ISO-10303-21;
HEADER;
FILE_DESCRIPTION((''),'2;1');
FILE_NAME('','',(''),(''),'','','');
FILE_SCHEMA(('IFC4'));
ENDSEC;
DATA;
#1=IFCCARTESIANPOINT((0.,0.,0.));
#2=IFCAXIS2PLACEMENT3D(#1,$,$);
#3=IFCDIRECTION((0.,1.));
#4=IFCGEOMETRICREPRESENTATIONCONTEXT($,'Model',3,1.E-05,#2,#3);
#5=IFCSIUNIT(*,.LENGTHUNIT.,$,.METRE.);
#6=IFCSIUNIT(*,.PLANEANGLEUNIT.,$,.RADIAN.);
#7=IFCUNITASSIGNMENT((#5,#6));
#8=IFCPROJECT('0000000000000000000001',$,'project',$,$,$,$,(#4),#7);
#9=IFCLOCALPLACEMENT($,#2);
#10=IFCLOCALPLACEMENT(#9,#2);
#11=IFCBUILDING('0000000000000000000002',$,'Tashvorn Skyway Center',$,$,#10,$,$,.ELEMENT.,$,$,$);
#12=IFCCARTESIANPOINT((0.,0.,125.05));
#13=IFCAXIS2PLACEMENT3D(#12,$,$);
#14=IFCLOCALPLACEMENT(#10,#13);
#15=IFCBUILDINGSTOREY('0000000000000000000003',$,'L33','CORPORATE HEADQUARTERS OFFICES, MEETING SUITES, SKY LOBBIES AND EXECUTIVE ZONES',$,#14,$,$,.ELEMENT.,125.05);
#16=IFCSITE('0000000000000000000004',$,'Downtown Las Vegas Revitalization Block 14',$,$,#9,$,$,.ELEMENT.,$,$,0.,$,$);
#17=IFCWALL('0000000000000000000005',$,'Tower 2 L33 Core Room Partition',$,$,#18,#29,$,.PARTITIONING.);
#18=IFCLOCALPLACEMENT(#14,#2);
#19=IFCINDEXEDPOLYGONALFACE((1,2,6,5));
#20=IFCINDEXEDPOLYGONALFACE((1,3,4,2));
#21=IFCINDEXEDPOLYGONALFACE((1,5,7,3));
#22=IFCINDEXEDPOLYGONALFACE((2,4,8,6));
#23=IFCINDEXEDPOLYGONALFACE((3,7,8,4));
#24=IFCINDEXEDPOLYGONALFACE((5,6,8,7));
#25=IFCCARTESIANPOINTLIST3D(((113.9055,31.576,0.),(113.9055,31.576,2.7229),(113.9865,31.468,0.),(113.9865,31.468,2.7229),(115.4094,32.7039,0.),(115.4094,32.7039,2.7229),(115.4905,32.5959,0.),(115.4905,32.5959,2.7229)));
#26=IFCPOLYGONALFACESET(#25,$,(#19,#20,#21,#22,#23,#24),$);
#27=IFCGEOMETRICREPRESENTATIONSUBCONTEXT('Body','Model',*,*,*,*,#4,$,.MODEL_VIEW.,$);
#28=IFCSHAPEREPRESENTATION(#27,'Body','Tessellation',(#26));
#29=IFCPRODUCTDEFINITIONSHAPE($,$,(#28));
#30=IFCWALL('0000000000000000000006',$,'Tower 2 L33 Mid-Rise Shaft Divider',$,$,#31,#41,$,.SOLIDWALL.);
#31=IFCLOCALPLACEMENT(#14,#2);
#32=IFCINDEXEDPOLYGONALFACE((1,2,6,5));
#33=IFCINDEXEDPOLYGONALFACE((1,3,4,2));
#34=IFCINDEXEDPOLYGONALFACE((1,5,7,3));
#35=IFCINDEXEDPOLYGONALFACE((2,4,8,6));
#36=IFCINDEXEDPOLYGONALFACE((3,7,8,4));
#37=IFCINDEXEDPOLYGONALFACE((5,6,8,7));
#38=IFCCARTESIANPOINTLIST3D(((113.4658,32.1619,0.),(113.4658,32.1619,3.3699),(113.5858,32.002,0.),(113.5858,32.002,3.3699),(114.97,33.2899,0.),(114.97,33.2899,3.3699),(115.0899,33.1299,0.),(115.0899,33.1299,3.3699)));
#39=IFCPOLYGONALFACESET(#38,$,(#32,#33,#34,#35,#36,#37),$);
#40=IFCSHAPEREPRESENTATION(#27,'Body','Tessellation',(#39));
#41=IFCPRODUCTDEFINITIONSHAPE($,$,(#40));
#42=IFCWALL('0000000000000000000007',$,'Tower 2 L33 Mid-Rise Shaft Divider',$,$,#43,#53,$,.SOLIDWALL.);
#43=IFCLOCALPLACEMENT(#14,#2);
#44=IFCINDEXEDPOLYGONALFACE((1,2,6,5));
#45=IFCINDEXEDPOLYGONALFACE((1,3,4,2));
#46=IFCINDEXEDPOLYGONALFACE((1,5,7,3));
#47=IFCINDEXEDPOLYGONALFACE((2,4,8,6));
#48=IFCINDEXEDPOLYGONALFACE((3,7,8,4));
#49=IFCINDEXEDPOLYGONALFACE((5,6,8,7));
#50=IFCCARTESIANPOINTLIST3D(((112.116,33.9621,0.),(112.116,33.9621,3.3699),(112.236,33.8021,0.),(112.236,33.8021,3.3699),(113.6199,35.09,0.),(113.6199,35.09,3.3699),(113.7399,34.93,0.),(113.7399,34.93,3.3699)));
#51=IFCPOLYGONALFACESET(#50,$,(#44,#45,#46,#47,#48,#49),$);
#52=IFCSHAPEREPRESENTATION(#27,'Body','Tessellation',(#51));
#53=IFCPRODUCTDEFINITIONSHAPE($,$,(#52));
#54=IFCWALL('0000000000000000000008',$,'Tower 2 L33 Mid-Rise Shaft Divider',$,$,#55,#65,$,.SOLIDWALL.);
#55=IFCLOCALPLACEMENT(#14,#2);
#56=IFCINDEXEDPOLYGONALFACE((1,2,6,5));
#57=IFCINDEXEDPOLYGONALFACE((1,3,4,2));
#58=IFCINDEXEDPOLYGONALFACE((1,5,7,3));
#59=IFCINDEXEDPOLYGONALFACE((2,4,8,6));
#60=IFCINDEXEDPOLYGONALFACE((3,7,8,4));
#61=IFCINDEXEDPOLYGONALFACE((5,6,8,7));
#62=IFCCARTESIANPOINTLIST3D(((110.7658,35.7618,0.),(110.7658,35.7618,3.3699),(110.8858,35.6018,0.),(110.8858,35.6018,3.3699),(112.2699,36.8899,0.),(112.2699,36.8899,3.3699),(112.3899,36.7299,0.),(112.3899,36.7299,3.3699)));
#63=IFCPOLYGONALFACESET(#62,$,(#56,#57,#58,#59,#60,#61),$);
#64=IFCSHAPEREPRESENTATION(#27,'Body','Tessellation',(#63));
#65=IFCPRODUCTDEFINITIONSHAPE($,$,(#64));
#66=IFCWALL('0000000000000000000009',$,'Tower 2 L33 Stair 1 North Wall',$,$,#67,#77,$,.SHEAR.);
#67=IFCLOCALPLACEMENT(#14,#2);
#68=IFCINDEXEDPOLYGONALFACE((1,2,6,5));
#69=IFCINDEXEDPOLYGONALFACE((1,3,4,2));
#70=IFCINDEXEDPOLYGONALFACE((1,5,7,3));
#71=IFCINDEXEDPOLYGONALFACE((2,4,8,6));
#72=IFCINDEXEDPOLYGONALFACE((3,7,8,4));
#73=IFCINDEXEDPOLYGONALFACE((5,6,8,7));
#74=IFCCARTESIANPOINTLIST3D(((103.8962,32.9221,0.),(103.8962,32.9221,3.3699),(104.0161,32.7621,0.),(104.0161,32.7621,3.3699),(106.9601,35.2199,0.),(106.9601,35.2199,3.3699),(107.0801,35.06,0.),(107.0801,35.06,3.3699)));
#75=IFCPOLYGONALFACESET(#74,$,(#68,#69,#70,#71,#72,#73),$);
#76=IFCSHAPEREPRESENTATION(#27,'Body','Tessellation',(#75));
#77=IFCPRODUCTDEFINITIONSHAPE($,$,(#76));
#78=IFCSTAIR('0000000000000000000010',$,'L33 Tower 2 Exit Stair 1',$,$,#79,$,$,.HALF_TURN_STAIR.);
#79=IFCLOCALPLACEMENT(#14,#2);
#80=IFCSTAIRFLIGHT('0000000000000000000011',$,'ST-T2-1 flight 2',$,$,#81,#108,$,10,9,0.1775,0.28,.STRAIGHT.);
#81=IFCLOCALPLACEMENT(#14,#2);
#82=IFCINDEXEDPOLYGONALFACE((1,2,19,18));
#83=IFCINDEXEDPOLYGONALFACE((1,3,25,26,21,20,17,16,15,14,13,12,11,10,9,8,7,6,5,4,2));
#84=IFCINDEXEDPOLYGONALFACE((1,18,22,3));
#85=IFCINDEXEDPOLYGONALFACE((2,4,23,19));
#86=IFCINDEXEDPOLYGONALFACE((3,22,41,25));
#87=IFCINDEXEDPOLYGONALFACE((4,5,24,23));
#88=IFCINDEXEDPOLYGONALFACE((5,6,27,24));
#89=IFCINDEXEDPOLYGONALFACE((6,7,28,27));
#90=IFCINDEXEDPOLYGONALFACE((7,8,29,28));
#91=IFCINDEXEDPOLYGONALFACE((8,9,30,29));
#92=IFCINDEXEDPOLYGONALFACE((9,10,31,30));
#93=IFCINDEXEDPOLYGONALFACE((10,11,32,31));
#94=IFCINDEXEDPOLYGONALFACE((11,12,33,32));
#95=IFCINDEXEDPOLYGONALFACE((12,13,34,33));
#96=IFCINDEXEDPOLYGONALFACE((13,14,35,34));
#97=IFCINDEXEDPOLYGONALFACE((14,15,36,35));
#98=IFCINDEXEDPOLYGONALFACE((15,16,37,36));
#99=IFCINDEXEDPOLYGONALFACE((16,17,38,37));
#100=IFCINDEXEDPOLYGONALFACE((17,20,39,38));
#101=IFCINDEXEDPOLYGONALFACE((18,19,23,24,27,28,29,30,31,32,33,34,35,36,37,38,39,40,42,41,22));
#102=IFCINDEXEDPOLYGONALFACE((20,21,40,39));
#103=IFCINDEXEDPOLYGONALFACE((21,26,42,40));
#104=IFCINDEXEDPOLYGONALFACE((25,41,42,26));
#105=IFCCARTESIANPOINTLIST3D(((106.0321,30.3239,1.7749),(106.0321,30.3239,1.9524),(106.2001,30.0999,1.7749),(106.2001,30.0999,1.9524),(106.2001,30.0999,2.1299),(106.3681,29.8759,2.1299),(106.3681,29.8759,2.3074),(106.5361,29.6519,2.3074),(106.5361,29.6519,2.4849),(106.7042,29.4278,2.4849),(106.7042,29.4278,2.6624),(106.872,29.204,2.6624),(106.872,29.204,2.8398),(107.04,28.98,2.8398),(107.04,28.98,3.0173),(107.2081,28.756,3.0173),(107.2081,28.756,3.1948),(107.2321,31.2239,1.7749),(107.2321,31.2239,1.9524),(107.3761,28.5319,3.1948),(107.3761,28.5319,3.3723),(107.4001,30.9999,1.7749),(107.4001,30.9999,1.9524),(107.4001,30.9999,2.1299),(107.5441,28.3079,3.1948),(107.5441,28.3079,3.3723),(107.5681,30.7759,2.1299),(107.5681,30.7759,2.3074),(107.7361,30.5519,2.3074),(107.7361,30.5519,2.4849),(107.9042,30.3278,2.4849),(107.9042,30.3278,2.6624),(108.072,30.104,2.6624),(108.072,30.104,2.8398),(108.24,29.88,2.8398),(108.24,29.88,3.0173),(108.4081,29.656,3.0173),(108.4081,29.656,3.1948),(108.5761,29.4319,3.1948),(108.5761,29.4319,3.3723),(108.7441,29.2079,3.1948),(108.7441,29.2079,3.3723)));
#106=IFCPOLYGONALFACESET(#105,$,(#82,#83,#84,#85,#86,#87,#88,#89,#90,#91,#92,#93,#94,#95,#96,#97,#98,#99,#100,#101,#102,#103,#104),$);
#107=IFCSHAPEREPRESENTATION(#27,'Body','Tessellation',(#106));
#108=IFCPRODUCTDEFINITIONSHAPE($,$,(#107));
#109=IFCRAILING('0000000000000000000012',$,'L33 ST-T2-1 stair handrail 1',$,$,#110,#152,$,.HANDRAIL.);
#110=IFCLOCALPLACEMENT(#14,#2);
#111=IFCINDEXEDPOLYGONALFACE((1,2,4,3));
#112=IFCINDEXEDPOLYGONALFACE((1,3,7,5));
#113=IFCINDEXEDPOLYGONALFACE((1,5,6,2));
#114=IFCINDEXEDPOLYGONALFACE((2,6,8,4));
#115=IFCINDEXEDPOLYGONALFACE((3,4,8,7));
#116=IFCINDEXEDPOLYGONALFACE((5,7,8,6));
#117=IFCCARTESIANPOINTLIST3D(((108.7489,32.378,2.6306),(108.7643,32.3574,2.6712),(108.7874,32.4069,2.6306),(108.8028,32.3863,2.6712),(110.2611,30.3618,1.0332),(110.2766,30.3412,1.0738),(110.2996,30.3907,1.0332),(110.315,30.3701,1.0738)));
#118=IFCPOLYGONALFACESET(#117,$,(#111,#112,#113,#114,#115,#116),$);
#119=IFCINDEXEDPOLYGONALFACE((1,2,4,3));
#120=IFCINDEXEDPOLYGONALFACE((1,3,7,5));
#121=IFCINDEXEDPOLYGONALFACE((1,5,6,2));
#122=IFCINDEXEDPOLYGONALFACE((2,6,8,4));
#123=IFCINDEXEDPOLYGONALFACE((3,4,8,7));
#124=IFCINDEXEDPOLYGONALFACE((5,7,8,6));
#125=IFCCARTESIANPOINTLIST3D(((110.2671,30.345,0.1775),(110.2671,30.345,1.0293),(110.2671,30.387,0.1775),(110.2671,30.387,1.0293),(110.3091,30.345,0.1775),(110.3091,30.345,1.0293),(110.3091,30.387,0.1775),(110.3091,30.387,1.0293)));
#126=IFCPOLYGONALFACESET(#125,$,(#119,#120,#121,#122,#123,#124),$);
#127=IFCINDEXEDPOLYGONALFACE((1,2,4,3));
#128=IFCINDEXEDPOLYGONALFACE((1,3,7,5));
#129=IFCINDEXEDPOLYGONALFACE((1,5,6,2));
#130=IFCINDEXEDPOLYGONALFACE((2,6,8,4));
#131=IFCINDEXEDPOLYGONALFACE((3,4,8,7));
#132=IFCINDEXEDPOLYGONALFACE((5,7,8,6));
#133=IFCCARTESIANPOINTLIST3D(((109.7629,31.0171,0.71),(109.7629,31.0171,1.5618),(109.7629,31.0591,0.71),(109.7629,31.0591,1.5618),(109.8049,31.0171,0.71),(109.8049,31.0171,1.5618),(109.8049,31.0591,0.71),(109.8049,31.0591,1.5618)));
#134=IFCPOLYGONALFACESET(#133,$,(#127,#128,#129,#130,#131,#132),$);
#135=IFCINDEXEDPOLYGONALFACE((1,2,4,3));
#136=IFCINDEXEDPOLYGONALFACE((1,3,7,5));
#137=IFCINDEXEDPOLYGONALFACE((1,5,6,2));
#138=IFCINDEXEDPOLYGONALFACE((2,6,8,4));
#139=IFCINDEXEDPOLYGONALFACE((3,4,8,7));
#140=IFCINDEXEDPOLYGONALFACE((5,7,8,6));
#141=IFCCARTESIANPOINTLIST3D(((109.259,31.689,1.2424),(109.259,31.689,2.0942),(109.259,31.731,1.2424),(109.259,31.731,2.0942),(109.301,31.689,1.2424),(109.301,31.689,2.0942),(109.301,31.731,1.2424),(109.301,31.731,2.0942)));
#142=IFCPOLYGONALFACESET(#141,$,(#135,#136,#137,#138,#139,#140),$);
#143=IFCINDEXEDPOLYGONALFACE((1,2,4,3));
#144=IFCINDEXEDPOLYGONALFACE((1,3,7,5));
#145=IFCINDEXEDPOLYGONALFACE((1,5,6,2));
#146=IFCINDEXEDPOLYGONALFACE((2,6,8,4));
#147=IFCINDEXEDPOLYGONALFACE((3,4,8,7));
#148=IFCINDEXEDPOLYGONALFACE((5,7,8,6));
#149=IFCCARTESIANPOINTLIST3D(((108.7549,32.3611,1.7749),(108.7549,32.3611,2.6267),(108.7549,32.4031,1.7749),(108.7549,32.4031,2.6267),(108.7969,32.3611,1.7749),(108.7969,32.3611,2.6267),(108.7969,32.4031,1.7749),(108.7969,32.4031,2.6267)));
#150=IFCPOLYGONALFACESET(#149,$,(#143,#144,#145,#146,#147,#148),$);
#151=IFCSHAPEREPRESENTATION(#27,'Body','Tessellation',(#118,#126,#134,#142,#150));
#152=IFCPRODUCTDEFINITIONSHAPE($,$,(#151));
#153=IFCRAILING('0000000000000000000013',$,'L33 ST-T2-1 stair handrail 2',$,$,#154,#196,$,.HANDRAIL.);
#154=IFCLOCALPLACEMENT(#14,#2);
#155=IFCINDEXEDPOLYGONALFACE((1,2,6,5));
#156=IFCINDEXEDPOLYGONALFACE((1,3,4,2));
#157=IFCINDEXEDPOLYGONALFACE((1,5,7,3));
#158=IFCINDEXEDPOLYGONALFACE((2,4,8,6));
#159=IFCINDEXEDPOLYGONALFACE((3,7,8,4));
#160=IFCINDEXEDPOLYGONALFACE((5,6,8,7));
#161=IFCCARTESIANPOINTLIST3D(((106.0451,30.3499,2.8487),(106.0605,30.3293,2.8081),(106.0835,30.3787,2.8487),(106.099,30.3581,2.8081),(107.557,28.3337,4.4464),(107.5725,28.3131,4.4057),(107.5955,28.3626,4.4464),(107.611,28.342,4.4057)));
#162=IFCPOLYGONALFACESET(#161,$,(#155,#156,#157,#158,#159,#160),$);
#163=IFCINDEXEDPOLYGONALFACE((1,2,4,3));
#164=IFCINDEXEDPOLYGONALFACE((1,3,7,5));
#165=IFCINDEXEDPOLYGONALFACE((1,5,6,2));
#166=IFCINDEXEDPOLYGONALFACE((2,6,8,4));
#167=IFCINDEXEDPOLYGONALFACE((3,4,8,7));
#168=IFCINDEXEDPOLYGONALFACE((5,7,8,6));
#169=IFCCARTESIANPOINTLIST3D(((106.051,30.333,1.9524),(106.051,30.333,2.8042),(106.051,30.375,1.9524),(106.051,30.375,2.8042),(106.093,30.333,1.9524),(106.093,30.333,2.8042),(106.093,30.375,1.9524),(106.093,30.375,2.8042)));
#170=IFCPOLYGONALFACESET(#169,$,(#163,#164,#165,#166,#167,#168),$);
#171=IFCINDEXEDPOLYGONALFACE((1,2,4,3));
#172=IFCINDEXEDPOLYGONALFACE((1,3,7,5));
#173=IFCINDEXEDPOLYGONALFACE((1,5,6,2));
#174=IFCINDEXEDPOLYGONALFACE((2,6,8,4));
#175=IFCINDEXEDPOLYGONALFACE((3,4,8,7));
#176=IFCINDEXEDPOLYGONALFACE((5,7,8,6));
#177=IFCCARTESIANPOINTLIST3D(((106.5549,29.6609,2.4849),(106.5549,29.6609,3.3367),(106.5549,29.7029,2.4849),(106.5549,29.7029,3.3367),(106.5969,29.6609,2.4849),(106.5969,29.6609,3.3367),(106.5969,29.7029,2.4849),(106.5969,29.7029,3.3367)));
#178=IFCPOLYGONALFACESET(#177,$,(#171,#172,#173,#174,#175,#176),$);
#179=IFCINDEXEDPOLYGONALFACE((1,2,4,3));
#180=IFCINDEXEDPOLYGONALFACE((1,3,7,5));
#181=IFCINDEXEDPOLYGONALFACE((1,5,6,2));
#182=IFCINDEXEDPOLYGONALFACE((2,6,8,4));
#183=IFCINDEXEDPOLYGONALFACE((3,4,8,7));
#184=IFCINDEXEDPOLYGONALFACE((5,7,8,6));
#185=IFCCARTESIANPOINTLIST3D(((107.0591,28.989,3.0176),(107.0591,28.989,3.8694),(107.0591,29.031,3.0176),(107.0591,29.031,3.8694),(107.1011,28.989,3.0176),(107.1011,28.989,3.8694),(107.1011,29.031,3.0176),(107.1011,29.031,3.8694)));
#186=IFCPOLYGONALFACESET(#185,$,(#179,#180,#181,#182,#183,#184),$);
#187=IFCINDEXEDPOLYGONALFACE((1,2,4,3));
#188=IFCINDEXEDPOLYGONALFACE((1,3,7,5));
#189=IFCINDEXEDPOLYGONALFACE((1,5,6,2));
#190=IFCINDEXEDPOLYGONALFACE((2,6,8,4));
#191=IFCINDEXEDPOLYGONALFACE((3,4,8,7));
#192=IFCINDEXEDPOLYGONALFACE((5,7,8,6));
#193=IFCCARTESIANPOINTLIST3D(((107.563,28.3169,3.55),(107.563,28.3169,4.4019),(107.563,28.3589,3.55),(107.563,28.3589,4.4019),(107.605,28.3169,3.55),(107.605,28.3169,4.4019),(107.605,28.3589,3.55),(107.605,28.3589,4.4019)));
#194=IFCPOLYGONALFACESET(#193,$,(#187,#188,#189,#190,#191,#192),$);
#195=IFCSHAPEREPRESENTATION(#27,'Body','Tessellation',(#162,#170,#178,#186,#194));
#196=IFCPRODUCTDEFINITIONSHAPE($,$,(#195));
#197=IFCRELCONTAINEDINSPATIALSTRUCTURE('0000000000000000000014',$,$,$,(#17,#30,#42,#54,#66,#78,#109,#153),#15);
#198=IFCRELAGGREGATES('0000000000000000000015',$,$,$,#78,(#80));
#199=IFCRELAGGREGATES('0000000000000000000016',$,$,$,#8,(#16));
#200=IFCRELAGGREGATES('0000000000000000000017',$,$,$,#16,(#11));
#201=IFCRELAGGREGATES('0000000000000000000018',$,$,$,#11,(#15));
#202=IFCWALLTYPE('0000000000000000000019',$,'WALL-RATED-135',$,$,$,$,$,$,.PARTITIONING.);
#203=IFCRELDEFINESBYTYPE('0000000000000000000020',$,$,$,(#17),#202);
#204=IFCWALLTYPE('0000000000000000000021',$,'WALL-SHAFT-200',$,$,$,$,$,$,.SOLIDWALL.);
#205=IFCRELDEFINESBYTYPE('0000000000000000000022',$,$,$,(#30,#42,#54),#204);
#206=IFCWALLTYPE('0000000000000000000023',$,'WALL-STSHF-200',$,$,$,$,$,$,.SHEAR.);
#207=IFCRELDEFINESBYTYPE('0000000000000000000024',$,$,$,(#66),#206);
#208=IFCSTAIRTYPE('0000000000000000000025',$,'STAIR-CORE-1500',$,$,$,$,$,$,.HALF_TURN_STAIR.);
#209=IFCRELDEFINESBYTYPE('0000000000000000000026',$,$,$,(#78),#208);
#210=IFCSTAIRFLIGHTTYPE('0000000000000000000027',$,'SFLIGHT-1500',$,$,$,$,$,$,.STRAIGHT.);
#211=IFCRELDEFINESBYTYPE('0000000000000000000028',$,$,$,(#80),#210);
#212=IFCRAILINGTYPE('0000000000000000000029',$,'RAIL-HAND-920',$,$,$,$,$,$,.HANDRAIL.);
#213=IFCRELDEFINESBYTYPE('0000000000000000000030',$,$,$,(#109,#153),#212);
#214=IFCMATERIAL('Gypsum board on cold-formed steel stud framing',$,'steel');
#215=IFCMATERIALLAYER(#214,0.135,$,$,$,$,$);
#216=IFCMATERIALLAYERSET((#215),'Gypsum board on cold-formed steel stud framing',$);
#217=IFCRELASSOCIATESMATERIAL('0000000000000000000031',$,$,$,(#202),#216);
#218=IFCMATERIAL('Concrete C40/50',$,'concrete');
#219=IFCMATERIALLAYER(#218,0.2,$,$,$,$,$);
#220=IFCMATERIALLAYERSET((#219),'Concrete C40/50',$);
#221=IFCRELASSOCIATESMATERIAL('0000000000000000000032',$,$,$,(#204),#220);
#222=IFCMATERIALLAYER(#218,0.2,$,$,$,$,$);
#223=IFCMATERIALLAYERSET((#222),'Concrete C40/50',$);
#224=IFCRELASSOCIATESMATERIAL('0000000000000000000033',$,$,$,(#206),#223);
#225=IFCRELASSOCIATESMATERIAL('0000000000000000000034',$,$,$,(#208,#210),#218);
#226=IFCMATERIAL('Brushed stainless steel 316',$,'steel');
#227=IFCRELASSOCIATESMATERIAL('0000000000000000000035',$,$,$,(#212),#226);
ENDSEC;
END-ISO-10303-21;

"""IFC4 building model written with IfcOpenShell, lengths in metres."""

from ifc_helpers import new_model, si_unit, direction, frame, frame_2d, origin, origin_2d, place, context, subcontext, project, spatial, polyline, rectangle, outline, extrude, material, layer, layer_set, type_object, element, aggregate, save


model = new_model("IFC4")

# Units and contexts
model_context = context("Model", 3, precision=1e-05, world=origin(), true_north=direction((0.0, 1.0)))
body_context = subcontext(model_context, "Body", "Model", "MODEL_VIEW")
ifc_project = project(units=[si_unit("LENGTHUNIT", "METRE"), si_unit("PLANEANGLEUNIT", "RADIAN")], contexts=[model_context])

# Site, building, storey
site_placement = place(None, origin())
site = spatial("IfcSite", under=ifc_project, at=site_placement, Name="Downtown Las Vegas Revitalization Block 14", CompositionType="ELEMENT", RefElevation=0.0)
building_placement = place(site_placement, origin())
building = spatial("IfcBuilding", under=site, at=building_placement, Name="Tashvorn Skyway Center", CompositionType="ELEMENT")
storey_placement = place(building_placement, frame((0.0, 0.0, 125.05)))
storey = spatial("IfcBuildingStorey", under=building, at=storey_placement, Name="L33", Description="CORPORATE HEADQUARTERS OFFICES, MEETING SUITES, SKY LOBBIES AND EXECUTIVE ZONES", CompositionType="ELEMENT", Elevation=125.05)

# Shared definitions
ifc_material_1 = material(Name="Concrete C40/50", Category="concrete")
ifc_material_2 = material(Name="Gypsum board on cold-formed steel stud framing", Category="steel")

# Shared definitions
ifc_layer_1 = layer(ifc_material_2, 0.135)
ifc_layer_set_1 = layer_set([ifc_layer_1], Name="Gypsum board on cold-formed steel stud framing")
wall_type_1 = type_object("IfcWallType", Name="WALL-RATED-135", PredefinedType="PARTITIONING", material=ifc_layer_set_1)

# Walls
wall_1_placement = place(storey_placement, frame((113.946, 31.522, 0.0), z_axis=(0.0, 0.0, 1.0), x_axis=(0.8, 0.6, 0.0)))
element("IfcWall", 1, at=wall_1_placement, inside=storey, type_object=wall_type_1, Name="Tower 2 L33 Core Room Partition", PredefinedType="PARTITIONING", context=body_context, shape_type="SweptSolid", body=[
    extrude(rectangle(XDim=1.8799, YDim=0.135, at=frame_2d((0.9399, 0.0))), origin(), (0.0, 0.0, 1.0), 2.7229),
])
ifc_layer_2 = layer(ifc_material_1, 0.2)
ifc_layer_set_2 = layer_set([ifc_layer_2], Name="Concrete C40/50")
wall_type_2 = type_object("IfcWallType", Name="WALL-SHAFT-200", PredefinedType="SOLIDWALL", material=ifc_layer_set_2)
wall_2_placement = place(storey_placement, frame((113.5259, 32.082, 0.0), z_axis=(0.0, 0.0, 1.0), x_axis=(0.800047, 0.599938, 0.0)))
element("IfcWall", 2, at=wall_2_placement, inside=storey, type_object=wall_type_2, Name="Tower 2 L33 Mid-Rise Shaft Divider", PredefinedType="SOLIDWALL", context=body_context, shape_type="SweptSolid", body=[
    extrude(rectangle(XDim=1.8801, YDim=0.2, at=frame_2d((0.9399, 0.0))), origin(), (0.0, 0.0, 1.0), 3.3699),
])
wall_3_placement = place(storey_placement, frame((112.176, 33.8821, 0.0), z_axis=(0.0, 0.0, 1.0), x_axis=(0.8, 0.6, 0.0)))
element("IfcWall", 3, at=wall_3_placement, inside=storey, type_object=wall_type_2, Name="Tower 2 L33 Mid-Rise Shaft Divider", PredefinedType="SOLIDWALL", context=body_context, shape_type="SweptSolid", body=[
    extrude(rectangle(XDim=1.8799, YDim=0.2, at=frame_2d((0.9399, 0.0))), origin(), (0.0, 0.0, 1.0), 3.3699),
])
wall_4_placement = place(storey_placement, frame((110.8259, 35.6819, 0.0), z_axis=(0.0, 0.0, 1.0), x_axis=(0.799984, 0.600021, 0.0)))
element("IfcWall", 4, at=wall_4_placement, inside=storey, type_object=wall_type_2, Name="Tower 2 L33 Mid-Rise Shaft Divider", PredefinedType="SOLIDWALL", context=body_context, shape_type="SweptSolid", body=[
    extrude(rectangle(XDim=1.8801, YDim=0.2, at=frame_2d((0.9399, 0.0))), origin(), (0.0, 0.0, 1.0), 3.3699),
])
ifc_layer_3 = layer(ifc_material_1, 0.2)
ifc_layer_set_3 = layer_set([ifc_layer_3], Name="Concrete C40/50")
wall_type_3 = type_object("IfcWallType", Name="WALL-STSHF-200", PredefinedType="SHEAR", material=ifc_layer_set_3)
wall_5_placement = place(storey_placement, frame((103.9561, 32.842, 0.0), z_axis=(0.0, 0.0, 1.0), x_axis=(0.800015, 0.59998, 0.0)))
element("IfcWall", 5, at=wall_5_placement, inside=storey, type_object=wall_type_3, Name="Tower 2 L33 Stair 1 North Wall", PredefinedType="SHEAR", context=body_context, shape_type="SweptSolid", body=[
    extrude(rectangle(XDim=3.8298, YDim=0.2, at=frame_2d((1.915, 0.0))), origin(), (0.0, 0.0, 1.0), 3.3699),
])

# Stair, stair flight
stair_type = type_object("IfcStairType", Name="STAIR-CORE-1500", PredefinedType="HALF_TURN_STAIR", material=ifc_material_1)
stair_placement = place(storey_placement, origin())
stair = element("IfcStair", 6, at=stair_placement, inside=storey, type_object=stair_type, Name="L33 Tower 2 Exit Stair 1", PredefinedType="HALF_TURN_STAIR")
stair_flight_type = type_object("IfcStairFlightType", Name="SFLIGHT-1500", PredefinedType="STRAIGHT", material=ifc_material_1)
stair_flight_placement = place(storey_placement, frame((106.6321, 30.7739, 1.7749), z_axis=(0.0, 0.0, 1.0), x_axis=(0.6, -0.8, 0.0)))
stair_flight = element("IfcStairFlight", 7, at=stair_flight_placement, type_object=stair_flight_type, Name="ST-T2-1 flight 2", NumberOfRisers=10, NumberOfTreads=9, PredefinedType="STRAIGHT", RiserHeight=0.1775, TreadLength=0.28, context=body_context, shape_type="SweptSolid", body=[
    extrude(outline(polyline([(0.0, 0.0), (0.0, 0.1775), (0.28, 0.1775), (0.28, 0.355), (0.5601, 0.355), (0.5601, 0.5325), (0.8401, 0.5325), (0.8401, 0.71), (1.1201, 0.71), (1.1201, 0.8875), (1.3999, 0.8875), (1.3999, 1.0649), (1.6799, 1.0649), (1.6799, 1.2424), (1.96, 1.2424), (1.96, 1.4199), (2.24, 1.4199), (2.24, 1.5974), (2.52, 1.5974), (2.52, 1.7749), (2.52, 1.4199), (0.28, 0.0), (0.0, 0.0)])), frame((0.0, 0.75, 0.0), z_axis=(0.0, -1.0, 0.0), x_axis=(1.0, 0.0, 0.0)), (0.0, 0.0, 1.0), 1.5),
])
aggregate(stair, [stair_flight])

# Railings
ifc_material_3 = material(Name="Brushed stainless steel 316", Category="steel")
railing_type_1 = type_object("IfcRailingType", Name="RAIL-HAND-920", PredefinedType="HANDRAIL", material=ifc_material_3)
railing_1_placement = place(storey_placement, frame((110.2881, 30.366, 0.1775)))
element("IfcRailing", 8, at=railing_1_placement, inside=storey, type_object=railing_type_1, Name="L33 ST-T2-1 stair handrail 1", PredefinedType="HANDRAIL", context=body_context, shape_type="SweptSolid", body=[
    extrude(rectangle(XDim=0.0481, YDim=0.0481, at=origin_2d()), frame((0.0, 0.0, 0.876), z_axis=(-0.506802, 0.675681, 0.535357), x_axis=(-0.799977, -0.600031, 0.0)), (0.0, 0.0, 1.0), 2.9839),
    extrude(rectangle(XDim=0.042, YDim=0.042, at=origin_2d()), origin(), (0.0, 0.0, 1.0), 0.8518),
    extrude(rectangle(XDim=0.042, YDim=0.042, at=origin_2d()), frame((-0.5042, 0.6721, 0.5325)), (0.0, 0.0, 1.0), 0.8518),
    extrude(rectangle(XDim=0.042, YDim=0.042, at=origin_2d()), frame((-1.0081, 1.344, 1.0649)), (0.0, 0.0, 1.0), 0.8518),
    extrude(rectangle(XDim=0.042, YDim=0.042, at=origin_2d()), frame((-1.5122, 2.0161, 1.5974)), (0.0, 0.0, 1.0), 0.8518),
])
railing_2_placement = place(storey_placement, frame((106.072, 30.354, 1.9524)))
element("IfcRailing", 9, at=railing_2_placement, inside=storey, type_object=railing_type_1, Name="L33 ST-T2-1 stair handrail 2", PredefinedType="HANDRAIL", context=body_context, shape_type="SweptSolid", body=[
    extrude(rectangle(XDim=0.0481, YDim=0.0481, at=origin_2d()), frame((0.0, 0.0, 0.876), z_axis=(0.506719, -0.675679, 0.535438), x_axis=(0.800023, 0.599969, 0.0)), (0.0, 0.0, 1.0), 2.9839),
    extrude(rectangle(XDim=0.042, YDim=0.042, at=origin_2d()), origin(), (0.0, 0.0, 1.0), 0.8518),
    extrude(rectangle(XDim=0.042, YDim=0.042, at=origin_2d()), frame((0.5039, -0.6721, 0.5325)), (0.0, 0.0, 1.0), 0.8518),
    extrude(rectangle(XDim=0.042, YDim=0.042, at=origin_2d()), frame((1.0081, -1.344, 1.0652)), (0.0, 0.0, 1.0), 0.8518),
    extrude(rectangle(XDim=0.042, YDim=0.042, at=origin_2d()), frame((1.512, -2.0161, 1.5977)), (0.0, 0.0, 1.0), 0.8518),
])

save(model, "model.ifc")
